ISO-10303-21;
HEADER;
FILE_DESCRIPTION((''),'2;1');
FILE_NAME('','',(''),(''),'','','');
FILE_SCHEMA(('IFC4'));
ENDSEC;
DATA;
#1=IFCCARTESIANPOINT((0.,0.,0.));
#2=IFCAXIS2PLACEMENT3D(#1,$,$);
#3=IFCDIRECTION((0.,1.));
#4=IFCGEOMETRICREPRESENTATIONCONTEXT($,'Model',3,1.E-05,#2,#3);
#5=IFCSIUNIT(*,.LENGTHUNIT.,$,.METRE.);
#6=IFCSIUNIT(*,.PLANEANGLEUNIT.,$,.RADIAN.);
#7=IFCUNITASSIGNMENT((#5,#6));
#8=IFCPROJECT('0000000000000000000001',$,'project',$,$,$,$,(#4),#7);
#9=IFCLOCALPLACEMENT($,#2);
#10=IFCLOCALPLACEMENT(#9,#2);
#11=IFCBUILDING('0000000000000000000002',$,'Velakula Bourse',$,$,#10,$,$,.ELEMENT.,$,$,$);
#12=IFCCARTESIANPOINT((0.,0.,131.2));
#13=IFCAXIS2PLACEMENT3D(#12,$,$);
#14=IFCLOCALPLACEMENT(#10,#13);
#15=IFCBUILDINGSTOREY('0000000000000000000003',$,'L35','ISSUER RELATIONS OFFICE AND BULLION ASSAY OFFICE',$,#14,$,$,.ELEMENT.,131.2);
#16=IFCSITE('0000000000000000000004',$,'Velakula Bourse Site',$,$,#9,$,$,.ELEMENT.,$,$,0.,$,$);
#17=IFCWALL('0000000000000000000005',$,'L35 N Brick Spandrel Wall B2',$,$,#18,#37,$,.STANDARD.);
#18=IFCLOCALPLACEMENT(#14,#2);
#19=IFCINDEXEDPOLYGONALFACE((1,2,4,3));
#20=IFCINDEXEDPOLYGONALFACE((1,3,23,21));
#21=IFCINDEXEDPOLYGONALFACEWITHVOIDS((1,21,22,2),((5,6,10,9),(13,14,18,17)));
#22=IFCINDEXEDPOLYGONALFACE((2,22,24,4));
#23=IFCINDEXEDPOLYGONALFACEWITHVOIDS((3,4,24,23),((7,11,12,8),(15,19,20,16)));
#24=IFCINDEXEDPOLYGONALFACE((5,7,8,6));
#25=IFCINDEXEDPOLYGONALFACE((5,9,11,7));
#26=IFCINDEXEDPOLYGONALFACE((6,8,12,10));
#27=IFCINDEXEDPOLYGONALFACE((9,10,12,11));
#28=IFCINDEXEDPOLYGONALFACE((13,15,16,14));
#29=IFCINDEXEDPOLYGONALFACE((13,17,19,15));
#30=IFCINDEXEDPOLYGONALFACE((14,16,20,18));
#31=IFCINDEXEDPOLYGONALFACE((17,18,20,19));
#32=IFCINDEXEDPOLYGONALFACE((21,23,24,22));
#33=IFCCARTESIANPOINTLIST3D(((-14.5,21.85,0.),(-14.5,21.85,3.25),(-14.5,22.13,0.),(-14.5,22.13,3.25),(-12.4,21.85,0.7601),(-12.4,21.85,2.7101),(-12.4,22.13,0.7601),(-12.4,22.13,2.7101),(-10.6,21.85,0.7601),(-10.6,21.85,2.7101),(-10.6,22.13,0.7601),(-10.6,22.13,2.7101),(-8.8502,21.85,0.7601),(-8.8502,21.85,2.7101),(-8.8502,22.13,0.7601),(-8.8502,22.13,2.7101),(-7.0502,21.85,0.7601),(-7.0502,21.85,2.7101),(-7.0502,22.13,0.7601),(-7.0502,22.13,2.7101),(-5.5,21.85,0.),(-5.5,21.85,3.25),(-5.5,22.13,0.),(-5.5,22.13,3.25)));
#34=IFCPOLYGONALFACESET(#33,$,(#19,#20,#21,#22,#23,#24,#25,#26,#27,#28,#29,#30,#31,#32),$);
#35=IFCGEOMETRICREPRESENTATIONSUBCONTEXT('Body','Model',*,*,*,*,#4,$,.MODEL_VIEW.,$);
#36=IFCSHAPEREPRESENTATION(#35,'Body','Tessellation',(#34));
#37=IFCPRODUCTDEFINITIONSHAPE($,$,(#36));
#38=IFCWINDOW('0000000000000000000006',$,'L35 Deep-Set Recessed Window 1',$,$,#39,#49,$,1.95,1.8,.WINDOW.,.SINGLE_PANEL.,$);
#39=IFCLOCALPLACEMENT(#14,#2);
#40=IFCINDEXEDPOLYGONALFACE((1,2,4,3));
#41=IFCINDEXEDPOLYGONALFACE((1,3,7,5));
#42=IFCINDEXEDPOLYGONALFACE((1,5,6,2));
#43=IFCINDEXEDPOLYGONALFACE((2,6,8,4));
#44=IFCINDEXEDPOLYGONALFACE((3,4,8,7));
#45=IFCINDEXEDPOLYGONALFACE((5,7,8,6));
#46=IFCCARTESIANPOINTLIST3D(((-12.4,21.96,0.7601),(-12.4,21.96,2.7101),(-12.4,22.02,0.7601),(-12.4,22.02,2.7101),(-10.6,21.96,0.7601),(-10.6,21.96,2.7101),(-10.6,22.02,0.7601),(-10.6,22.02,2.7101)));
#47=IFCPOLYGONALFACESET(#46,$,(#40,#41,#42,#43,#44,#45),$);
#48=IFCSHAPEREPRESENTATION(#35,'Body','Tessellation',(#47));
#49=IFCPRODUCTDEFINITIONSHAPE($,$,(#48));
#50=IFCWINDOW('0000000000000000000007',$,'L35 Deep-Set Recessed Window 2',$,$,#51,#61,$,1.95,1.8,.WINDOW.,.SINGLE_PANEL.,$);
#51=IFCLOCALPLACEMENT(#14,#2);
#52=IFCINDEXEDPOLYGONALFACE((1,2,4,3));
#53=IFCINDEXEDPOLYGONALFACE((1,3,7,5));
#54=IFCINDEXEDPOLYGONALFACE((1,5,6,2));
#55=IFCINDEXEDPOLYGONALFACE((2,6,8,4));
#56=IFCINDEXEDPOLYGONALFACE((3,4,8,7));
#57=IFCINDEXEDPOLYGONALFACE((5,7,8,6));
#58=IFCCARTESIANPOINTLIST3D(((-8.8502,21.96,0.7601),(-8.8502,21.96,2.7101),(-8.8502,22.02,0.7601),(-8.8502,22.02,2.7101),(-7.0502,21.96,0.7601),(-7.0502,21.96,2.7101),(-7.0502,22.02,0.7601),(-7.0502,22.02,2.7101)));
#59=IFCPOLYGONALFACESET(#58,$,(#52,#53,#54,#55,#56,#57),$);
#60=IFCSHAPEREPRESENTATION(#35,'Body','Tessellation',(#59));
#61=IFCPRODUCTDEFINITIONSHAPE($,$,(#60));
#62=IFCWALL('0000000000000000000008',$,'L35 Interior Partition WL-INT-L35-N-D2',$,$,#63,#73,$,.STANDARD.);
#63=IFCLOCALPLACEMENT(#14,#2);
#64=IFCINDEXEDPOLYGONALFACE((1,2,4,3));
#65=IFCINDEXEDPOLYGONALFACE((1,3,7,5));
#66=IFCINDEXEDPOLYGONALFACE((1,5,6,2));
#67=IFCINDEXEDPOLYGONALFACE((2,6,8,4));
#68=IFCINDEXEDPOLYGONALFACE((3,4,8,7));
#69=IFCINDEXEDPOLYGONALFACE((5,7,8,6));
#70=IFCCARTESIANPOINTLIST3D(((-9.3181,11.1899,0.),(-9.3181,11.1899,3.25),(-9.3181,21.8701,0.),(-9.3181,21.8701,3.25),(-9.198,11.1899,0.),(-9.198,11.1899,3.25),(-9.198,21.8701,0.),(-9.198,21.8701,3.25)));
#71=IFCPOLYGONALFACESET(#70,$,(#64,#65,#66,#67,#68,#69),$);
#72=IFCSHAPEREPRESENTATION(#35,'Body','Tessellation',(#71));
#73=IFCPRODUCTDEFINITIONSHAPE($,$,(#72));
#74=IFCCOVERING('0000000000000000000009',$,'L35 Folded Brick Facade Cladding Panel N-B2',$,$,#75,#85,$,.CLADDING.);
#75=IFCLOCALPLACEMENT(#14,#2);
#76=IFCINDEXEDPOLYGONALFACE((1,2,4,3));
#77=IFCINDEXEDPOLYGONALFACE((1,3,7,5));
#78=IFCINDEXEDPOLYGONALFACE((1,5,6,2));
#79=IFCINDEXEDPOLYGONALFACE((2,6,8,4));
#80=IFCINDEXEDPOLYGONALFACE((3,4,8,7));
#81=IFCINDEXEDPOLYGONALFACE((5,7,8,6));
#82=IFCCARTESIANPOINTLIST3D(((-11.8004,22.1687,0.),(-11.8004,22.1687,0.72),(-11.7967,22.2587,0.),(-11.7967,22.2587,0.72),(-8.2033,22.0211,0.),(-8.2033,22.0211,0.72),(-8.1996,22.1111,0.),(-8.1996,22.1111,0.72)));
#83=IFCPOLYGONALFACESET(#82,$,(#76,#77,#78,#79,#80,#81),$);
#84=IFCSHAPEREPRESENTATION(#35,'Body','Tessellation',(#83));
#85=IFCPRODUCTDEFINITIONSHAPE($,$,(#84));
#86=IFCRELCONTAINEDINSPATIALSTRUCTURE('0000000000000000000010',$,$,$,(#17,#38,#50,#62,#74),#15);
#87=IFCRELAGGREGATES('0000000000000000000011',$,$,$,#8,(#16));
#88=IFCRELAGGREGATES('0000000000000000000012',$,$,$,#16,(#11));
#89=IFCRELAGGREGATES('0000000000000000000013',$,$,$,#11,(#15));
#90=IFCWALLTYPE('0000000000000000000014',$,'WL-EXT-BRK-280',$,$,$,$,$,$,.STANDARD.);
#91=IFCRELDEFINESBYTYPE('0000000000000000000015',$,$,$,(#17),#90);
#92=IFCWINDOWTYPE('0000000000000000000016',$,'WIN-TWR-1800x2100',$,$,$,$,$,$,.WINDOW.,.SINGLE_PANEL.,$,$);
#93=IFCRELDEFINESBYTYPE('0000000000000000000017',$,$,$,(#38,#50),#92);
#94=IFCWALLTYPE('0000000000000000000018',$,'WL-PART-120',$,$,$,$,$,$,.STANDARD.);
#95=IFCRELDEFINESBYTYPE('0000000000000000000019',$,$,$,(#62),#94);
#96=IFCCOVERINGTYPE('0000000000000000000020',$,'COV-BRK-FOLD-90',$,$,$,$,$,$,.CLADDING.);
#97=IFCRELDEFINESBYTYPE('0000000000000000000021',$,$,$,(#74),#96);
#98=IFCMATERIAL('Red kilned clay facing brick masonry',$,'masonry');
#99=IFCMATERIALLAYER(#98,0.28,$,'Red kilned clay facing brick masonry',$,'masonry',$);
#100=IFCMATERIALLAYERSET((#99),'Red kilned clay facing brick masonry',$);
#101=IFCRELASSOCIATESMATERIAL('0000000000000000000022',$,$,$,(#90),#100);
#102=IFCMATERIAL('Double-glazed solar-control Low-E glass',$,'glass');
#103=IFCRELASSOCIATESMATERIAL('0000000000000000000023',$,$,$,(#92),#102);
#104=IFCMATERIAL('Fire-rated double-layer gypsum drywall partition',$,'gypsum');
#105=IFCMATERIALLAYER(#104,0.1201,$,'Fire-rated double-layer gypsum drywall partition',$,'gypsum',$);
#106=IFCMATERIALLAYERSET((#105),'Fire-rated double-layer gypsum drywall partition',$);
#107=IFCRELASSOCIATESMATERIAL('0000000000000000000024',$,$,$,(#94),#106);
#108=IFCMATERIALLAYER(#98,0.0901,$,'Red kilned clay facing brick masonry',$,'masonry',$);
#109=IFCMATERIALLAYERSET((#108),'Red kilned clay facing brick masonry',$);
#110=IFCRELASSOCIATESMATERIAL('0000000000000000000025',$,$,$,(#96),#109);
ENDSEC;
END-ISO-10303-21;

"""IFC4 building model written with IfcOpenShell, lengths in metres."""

from ifc_helpers import new_model, si_unit, direction, frame, frame_2d, origin, origin_2d, place, context, subcontext, project, spatial, rectangle, extrude, material, layer, layer_set, type_object, element, fill, save


model = new_model("IFC4")

# Units and contexts
model_context = context("Model", 3, precision=1e-05, world=origin(), true_north=direction((0.0, 1.0)))
body_context = subcontext(model_context, "Body", "Model", "MODEL_VIEW")
ifc_project = project(units=[si_unit("LENGTHUNIT", "METRE"), si_unit("PLANEANGLEUNIT", "RADIAN")], contexts=[model_context])

# Site, building, storey
site_placement = place(None, origin())
site = spatial("IfcSite", under=ifc_project, at=site_placement, Name="Velakula Bourse Site", CompositionType="ELEMENT", RefElevation=0.0)
building_placement = place(site_placement, origin())
building = spatial("IfcBuilding", under=site, at=building_placement, Name="Velakula Bourse", CompositionType="ELEMENT")
storey_placement = place(building_placement, frame((0.0, 0.0, 131.2)))
storey = spatial("IfcBuildingStorey", under=building, at=storey_placement, Name="L35", Description="ISSUER RELATIONS OFFICE AND BULLION ASSAY OFFICE", CompositionType="ELEMENT", Elevation=131.2)

# Wall, openings, windows
ifc_material_1 = material(Name="Red kilned clay facing brick masonry", Category="masonry")
ifc_layer_1 = layer(ifc_material_1, 0.28, Name="Red kilned clay facing brick masonry", Category="masonry")
ifc_layer_set_1 = layer_set([ifc_layer_1], Name="Red kilned clay facing brick masonry")
wall_type_1 = type_object("IfcWallType", Name="WL-EXT-BRK-280", PredefinedType="STANDARD", material=ifc_layer_set_1)
wall_1_placement = place(storey_placement, frame((-14.5, 21.99, 0.0), z_axis=(0.0, 0.0, 1.0), x_axis=(1.0, 0.0, 0.0)))
wall_1 = element("IfcWall", 1, at=wall_1_placement, inside=storey, type_object=wall_type_1, Name="L35 N Brick Spandrel Wall B2", PredefinedType="STANDARD", context=body_context, shape_type="SweptSolid", body=[
    extrude(rectangle(XDim=9.0, YDim=0.28, at=frame_2d((4.5, 0.0))), origin(), (0.0, 0.0, 1.0), 3.25),
])
opening_1_placement = place(wall_1_placement, frame((2.1001, 0.0, 0.76)))
opening_1 = element("IfcOpeningElement", 2, at=opening_1_placement, cuts=wall_1, PredefinedType="OPENING", context=body_context, shape_type="SweptSolid", body=[
    extrude(rectangle(XDim=1.8, YDim=1.95, at=frame_2d((0.8999, 0.9751))), frame((0.0, 0.1499, 0.0), z_axis=(0.0, -1.0, 0.0), x_axis=(1.0, 0.0, 0.0)), (0.0, 0.0, 1.0), 0.3),
])
opening_2_placement = place(wall_1_placement, frame((5.6499, 0.0, 0.76)))
opening_2 = element("IfcOpeningElement", 3, at=opening_2_placement, cuts=wall_1, PredefinedType="OPENING", context=body_context, shape_type="SweptSolid", body=[
    extrude(rectangle(XDim=1.8, YDim=1.95, at=frame_2d((0.8999, 0.9751))), frame((0.0, 0.1499, 0.0), z_axis=(0.0, -1.0, 0.0), x_axis=(1.0, 0.0, 0.0)), (0.0, 0.0, 1.0), 0.3),
])
ifc_material_2 = material(Name="Double-glazed solar-control Low-E glass", Category="glass")
window_type = type_object("IfcWindowType", Name="WIN-TWR-1800x2100", PartitioningType="SINGLE_PANEL", PredefinedType="WINDOW", material=ifc_material_2)
window_1_placement = place(opening_1_placement, origin())
window_1 = element("IfcWindow", 4, at=window_1_placement, inside=storey, type_object=window_type, Name="L35 Deep-Set Recessed Window 1", OverallHeight=1.95, OverallWidth=1.8, PartitioningType="SINGLE_PANEL", PredefinedType="WINDOW", context=body_context, shape_type="SweptSolid", body=[
    extrude(rectangle(XDim=1.8, YDim=1.95, at=frame_2d((0.8999, 0.9751))), frame((0.0, 0.03, 0.0), z_axis=(0.0, -1.0, 0.0), x_axis=(1.0, 0.0, 0.0)), (0.0, 0.0, 1.0), 0.0601),
])
fill(opening_1, window_1)
window_2_placement = place(opening_2_placement, origin())
window_2 = element("IfcWindow", 5, at=window_2_placement, inside=storey, type_object=window_type, Name="L35 Deep-Set Recessed Window 2", OverallHeight=1.95, OverallWidth=1.8, PartitioningType="SINGLE_PANEL", PredefinedType="WINDOW", context=body_context, shape_type="SweptSolid", body=[
    extrude(rectangle(XDim=1.8, YDim=1.95, at=frame_2d((0.8999, 0.9751))), frame((0.0, 0.03, 0.0), z_axis=(0.0, -1.0, 0.0), x_axis=(1.0, 0.0, 0.0)), (0.0, 0.0, 1.0), 0.0601),
])
fill(opening_2, window_2)

# Wall
ifc_material_3 = material(Name="Fire-rated double-layer gypsum drywall partition", Category="gypsum")
ifc_layer_2 = layer(ifc_material_3, 0.1201, Name="Fire-rated double-layer gypsum drywall partition", Category="gypsum")
ifc_layer_set_2 = layer_set([ifc_layer_2], Name="Fire-rated double-layer gypsum drywall partition")
wall_type_2 = type_object("IfcWallType", Name="WL-PART-120", PredefinedType="STANDARD", material=ifc_layer_set_2)
wall_2_placement = place(storey_placement, frame((-9.2581, 11.1899, 0.0), z_axis=(0.0, 0.0, 1.0), x_axis=(0.0, 1.0, 0.0)))
element("IfcWall", 6, at=wall_2_placement, inside=storey, type_object=wall_type_2, Name="L35 Interior Partition WL-INT-L35-N-D2", PredefinedType="STANDARD", context=body_context, shape_type="SweptSolid", body=[
    extrude(rectangle(XDim=10.6802, YDim=0.1201, at=frame_2d((5.3401, 0.0))), origin(), (0.0, 0.0, 1.0), 3.25),
])

# Covering
ifc_layer_3 = layer(ifc_material_1, 0.0901, Name="Red kilned clay facing brick masonry", Category="masonry")
ifc_layer_set_3 = layer_set([ifc_layer_3], Name="Red kilned clay facing brick masonry")
covering_type = type_object("IfcCoveringType", Name="COV-BRK-FOLD-90", PredefinedType="CLADDING", material=ifc_layer_set_3)
covering_placement = place(storey_placement, frame((-10.0, 22.1399, 0.0), z_axis=(0.0, 0.0, 1.0), x_axis=(0.999159, -0.041004, 0.0)))
element("IfcCovering", 7, at=covering_placement, inside=storey, type_object=covering_type, Name="L35 Folded Brick Facade Cladding Panel N-B2", PredefinedType="CLADDING", context=body_context, shape_type="SweptSolid", body=[
    extrude(rectangle(XDim=3.6001, YDim=0.0901, at=origin_2d()), origin(), (0.0, 0.0, 1.0), 0.72),
])

save(model, "model.ifc")
